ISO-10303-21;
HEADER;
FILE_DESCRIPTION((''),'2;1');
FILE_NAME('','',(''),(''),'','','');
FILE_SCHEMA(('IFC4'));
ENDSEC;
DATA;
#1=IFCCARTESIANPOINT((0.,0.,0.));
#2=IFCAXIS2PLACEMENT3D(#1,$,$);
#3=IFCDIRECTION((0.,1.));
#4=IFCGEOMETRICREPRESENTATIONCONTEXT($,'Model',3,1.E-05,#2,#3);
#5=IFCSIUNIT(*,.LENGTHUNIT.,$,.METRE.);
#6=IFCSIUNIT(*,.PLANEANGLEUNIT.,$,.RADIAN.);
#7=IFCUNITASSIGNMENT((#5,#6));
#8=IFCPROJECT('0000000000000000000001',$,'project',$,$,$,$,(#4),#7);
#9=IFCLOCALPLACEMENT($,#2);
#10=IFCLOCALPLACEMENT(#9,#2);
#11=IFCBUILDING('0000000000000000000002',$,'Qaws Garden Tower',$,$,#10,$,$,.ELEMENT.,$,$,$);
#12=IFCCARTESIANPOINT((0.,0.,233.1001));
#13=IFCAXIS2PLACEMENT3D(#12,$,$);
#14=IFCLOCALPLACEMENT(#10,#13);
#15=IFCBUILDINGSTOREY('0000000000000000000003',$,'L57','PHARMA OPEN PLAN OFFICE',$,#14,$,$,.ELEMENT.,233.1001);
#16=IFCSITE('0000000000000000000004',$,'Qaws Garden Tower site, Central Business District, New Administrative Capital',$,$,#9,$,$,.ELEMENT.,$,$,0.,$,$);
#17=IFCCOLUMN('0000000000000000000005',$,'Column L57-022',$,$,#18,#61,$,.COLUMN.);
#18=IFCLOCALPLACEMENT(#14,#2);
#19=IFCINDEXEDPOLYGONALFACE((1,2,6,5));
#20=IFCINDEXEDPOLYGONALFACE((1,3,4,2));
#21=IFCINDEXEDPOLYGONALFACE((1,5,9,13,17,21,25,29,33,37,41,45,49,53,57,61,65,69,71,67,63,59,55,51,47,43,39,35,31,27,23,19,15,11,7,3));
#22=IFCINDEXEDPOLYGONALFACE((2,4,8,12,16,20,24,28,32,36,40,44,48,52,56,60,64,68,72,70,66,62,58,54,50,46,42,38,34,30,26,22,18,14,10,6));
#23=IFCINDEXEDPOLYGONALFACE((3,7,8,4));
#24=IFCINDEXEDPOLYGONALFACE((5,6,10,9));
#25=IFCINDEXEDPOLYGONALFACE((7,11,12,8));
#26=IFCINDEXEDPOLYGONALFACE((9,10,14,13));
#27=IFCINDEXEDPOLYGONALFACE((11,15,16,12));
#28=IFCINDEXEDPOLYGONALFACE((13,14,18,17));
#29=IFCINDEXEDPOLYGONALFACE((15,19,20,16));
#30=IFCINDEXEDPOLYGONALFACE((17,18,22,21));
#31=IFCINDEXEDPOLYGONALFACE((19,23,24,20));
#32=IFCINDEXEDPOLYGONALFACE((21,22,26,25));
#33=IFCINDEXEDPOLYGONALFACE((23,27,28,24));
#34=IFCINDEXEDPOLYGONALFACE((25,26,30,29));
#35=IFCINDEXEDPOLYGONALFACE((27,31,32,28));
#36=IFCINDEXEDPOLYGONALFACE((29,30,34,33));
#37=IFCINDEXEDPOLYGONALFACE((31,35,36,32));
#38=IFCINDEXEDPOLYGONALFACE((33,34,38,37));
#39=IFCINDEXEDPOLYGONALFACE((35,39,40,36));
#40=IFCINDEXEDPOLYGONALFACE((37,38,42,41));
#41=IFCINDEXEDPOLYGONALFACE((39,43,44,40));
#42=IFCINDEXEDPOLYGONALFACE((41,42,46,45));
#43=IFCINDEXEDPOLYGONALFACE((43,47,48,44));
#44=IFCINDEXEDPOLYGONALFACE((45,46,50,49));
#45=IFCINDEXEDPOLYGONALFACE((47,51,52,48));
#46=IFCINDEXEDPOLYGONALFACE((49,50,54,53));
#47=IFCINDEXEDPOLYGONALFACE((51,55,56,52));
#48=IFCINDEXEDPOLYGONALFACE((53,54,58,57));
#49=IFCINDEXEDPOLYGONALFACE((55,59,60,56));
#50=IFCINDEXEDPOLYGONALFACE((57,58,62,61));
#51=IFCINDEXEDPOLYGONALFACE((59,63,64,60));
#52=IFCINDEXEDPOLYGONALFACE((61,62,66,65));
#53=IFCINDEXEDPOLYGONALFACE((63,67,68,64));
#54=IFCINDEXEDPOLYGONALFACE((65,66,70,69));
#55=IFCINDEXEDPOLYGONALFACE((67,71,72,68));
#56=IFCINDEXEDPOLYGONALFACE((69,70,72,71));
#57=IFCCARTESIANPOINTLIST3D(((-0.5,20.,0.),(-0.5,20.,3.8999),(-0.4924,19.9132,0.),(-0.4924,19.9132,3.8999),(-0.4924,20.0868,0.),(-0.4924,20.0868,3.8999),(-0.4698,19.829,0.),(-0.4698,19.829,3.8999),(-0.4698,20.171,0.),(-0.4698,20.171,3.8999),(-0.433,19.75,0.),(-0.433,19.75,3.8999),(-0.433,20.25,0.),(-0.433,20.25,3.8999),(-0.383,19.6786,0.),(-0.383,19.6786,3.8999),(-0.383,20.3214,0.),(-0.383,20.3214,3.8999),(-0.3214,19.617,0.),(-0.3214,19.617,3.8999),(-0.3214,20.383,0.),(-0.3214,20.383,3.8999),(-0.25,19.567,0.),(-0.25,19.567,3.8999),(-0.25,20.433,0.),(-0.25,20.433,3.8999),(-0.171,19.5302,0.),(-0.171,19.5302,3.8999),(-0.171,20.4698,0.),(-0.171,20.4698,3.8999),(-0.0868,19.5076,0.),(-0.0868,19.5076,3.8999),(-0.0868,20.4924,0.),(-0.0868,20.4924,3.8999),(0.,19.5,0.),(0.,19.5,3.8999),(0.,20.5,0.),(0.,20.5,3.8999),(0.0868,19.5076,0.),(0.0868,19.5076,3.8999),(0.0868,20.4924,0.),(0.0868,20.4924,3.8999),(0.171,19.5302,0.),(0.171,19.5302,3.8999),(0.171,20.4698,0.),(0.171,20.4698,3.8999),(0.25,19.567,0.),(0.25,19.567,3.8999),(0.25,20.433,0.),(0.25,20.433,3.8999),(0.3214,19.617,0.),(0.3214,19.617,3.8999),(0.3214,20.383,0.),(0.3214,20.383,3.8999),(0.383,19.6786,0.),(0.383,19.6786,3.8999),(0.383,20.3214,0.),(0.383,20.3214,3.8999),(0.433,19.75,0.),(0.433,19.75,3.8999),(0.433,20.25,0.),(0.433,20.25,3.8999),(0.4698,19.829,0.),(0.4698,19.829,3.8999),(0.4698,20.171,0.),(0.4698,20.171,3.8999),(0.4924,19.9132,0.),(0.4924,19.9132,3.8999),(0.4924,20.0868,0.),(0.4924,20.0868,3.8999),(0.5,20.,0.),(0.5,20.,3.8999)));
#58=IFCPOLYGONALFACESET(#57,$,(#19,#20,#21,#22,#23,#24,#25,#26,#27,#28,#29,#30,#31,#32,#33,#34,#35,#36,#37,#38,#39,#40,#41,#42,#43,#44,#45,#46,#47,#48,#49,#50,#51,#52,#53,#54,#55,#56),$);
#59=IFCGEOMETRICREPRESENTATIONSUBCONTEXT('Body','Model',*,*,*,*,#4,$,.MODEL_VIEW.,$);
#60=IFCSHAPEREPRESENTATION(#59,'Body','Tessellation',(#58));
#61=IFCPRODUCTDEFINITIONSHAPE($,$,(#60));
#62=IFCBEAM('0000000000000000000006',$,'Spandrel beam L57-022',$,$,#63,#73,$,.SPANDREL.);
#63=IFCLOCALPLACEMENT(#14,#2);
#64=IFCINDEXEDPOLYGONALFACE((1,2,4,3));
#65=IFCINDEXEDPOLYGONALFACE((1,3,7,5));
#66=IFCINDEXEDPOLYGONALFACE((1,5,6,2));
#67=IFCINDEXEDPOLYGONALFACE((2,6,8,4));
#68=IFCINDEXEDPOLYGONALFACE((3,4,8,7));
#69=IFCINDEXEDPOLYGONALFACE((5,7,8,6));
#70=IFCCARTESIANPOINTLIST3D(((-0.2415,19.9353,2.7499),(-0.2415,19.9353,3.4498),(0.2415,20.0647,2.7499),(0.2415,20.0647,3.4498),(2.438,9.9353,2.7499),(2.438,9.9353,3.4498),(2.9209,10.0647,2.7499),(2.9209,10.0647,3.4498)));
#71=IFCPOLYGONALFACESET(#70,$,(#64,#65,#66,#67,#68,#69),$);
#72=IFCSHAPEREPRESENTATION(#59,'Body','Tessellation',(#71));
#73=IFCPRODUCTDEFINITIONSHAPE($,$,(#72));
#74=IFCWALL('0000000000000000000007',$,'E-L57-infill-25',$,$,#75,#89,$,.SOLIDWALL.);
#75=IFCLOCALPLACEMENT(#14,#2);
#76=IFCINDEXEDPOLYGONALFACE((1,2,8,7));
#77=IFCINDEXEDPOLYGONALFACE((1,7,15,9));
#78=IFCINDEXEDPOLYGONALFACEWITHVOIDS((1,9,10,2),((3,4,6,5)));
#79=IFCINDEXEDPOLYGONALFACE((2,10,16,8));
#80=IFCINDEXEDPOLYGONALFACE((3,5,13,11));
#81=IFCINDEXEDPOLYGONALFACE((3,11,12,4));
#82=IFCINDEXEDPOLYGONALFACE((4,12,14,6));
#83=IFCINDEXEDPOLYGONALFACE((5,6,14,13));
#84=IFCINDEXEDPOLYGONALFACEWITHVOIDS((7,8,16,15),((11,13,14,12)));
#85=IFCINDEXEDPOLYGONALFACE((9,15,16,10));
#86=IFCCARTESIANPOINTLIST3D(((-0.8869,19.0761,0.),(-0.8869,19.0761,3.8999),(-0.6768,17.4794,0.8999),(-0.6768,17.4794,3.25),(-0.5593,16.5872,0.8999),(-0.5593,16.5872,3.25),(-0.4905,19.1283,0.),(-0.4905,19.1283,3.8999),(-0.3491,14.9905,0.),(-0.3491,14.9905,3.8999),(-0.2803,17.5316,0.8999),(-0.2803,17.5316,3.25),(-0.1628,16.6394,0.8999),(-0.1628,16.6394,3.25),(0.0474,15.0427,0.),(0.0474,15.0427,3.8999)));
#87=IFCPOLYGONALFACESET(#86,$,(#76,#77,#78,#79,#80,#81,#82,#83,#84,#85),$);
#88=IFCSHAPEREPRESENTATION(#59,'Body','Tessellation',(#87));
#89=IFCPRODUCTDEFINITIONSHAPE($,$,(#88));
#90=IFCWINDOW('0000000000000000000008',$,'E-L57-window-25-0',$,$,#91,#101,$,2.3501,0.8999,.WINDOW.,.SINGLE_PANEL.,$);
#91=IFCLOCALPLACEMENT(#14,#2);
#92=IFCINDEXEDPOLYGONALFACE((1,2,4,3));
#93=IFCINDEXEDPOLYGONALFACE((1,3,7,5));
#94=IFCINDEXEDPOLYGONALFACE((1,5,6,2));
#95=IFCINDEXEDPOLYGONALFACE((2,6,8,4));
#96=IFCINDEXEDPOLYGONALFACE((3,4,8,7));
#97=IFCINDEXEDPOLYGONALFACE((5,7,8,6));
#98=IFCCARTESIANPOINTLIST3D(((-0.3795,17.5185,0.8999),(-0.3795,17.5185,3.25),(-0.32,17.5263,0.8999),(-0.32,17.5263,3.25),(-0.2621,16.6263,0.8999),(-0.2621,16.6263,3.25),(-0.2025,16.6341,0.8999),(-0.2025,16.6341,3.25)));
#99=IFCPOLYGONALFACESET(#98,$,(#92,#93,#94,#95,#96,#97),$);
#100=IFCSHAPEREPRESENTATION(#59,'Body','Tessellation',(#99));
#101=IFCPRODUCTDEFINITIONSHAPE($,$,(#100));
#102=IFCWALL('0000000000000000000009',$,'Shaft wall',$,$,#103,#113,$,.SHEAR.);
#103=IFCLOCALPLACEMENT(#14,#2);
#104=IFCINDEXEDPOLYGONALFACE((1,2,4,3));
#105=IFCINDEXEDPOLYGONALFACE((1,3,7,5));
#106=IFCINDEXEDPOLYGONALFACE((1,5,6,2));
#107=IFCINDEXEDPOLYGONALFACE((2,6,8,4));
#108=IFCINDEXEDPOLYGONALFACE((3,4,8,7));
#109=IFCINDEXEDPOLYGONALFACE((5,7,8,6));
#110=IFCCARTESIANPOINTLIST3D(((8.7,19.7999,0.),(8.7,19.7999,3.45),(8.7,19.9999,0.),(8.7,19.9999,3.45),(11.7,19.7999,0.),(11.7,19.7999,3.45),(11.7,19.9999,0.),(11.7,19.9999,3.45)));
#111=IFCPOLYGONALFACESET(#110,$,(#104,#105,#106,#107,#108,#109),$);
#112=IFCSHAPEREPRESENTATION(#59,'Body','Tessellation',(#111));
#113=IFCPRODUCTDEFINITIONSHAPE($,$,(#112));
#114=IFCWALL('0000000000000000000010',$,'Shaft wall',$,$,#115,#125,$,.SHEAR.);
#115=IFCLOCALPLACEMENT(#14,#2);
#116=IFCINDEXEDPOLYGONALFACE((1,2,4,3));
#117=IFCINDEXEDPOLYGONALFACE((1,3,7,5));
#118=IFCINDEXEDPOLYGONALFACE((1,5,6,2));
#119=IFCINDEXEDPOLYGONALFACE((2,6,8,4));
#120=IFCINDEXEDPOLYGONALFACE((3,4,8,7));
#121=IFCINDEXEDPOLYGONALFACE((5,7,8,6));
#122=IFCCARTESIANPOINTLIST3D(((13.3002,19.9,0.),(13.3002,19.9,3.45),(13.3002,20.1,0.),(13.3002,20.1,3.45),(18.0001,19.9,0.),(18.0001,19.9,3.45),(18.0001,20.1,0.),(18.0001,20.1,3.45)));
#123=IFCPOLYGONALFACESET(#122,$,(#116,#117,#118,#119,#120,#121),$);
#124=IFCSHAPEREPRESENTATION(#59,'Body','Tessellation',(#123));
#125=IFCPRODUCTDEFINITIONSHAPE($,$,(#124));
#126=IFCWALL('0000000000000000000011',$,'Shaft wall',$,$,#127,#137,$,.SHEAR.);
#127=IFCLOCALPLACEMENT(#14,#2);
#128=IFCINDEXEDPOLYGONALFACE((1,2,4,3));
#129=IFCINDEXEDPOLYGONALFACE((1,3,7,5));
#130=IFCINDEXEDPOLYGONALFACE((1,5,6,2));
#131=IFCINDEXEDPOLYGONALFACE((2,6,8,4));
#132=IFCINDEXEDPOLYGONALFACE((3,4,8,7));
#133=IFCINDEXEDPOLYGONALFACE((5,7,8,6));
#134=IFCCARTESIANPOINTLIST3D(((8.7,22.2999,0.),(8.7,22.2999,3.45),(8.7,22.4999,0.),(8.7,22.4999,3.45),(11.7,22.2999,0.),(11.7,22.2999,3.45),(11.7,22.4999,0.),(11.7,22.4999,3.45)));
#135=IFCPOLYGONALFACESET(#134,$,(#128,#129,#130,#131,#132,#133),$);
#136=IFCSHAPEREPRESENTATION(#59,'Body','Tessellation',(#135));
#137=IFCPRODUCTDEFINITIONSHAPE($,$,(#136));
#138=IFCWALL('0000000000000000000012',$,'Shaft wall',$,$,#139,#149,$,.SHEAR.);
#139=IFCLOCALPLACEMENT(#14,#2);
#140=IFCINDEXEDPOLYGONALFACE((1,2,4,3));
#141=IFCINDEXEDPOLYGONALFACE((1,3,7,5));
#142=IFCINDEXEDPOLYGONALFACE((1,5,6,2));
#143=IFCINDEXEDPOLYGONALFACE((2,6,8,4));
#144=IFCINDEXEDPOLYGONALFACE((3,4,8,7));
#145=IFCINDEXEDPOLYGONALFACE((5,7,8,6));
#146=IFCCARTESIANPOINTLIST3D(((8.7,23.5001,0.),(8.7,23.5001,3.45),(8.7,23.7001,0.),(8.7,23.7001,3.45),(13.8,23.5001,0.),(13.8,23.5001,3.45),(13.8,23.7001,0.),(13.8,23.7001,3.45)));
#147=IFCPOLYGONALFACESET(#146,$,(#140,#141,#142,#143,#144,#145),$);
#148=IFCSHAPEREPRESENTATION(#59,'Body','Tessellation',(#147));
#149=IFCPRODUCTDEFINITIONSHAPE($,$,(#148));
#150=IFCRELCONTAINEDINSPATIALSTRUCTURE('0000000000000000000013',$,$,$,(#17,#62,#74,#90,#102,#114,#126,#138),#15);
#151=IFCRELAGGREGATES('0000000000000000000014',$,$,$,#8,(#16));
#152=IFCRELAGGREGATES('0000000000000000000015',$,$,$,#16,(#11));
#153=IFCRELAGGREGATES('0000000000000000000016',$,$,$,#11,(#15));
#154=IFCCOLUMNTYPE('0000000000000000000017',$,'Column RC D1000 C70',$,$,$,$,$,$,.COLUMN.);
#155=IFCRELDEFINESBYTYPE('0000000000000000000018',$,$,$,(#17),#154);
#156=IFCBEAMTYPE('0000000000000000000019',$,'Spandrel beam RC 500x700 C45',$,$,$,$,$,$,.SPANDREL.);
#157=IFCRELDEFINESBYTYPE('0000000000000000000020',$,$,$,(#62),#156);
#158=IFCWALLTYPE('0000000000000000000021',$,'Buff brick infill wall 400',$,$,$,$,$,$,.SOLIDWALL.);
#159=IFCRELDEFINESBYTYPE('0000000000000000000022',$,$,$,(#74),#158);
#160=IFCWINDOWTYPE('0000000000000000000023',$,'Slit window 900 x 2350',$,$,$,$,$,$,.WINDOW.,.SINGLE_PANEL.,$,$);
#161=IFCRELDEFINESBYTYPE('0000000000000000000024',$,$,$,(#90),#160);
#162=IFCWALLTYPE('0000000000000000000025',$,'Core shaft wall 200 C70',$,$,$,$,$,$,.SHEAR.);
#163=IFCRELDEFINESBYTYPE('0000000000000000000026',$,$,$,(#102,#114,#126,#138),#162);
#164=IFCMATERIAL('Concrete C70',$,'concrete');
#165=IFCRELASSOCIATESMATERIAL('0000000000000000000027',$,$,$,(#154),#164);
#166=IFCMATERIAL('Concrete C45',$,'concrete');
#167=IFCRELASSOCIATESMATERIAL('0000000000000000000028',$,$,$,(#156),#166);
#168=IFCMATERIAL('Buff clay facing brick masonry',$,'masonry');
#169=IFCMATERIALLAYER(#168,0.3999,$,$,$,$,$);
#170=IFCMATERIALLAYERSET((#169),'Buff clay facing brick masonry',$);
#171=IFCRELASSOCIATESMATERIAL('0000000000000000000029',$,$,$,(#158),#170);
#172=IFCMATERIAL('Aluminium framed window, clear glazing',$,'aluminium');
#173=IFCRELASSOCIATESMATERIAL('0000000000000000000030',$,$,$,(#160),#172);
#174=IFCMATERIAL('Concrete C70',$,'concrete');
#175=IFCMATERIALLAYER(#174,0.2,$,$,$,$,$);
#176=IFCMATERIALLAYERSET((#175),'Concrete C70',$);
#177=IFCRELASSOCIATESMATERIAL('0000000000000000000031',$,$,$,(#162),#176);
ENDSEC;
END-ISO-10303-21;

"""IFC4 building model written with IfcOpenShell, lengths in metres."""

from ifc_helpers import new_model, si_unit, direction, frame, frame_2d, origin, origin_2d, place, context, subcontext, project, spatial, rectangle, circle, extrude, material, layer, layer_set, material_profile, profile_set, type_object, element, fill, save


model = new_model("IFC4")

# Units and contexts
model_context = context("Model", 3, precision=1e-05, world=origin(), true_north=direction((0.0, 1.0)))
body_context = subcontext(model_context, "Body", "Model", "MODEL_VIEW")
ifc_project = project(units=[si_unit("LENGTHUNIT", "METRE"), si_unit("PLANEANGLEUNIT", "RADIAN")], contexts=[model_context])

# Site, building, storey
site_placement = place(None, origin())
site = spatial("IfcSite", under=ifc_project, at=site_placement, Name="Qaws Garden Tower site, Central Business District, New Administrative Capital", CompositionType="ELEMENT", RefElevation=0.0)
building_placement = place(site_placement, origin())
building = spatial("IfcBuilding", under=site, at=building_placement, Name="Qaws Garden Tower", CompositionType="ELEMENT")
storey_placement = place(building_placement, frame((0.0, 0.0, 233.1001)))
storey = spatial("IfcBuildingStorey", under=building, at=storey_placement, Name="L57", Description="PHARMA OPEN PLAN OFFICE", CompositionType="ELEMENT", Elevation=233.1001)

# Column
ifc_material_1 = material(Name="Concrete C70", Category="concrete")
ifc_material_profile_1 = material_profile(ifc_material_1, circle(Radius=0.5, at=origin_2d()), Name="RC D1000")
ifc_profile_set_1 = profile_set([ifc_material_profile_1], Name="Concrete C70")
column_type = type_object("IfcColumnType", Name="Column RC D1000 C70", PredefinedType="COLUMN", material=ifc_profile_set_1)
column_placement = place(storey_placement, frame((0.0, 20.0, 0.0), z_axis=(0.0, 0.0, 1.0), x_axis=(1.0, 0.0, 0.0)))
element("IfcColumn", 1, at=column_placement, inside=storey, type_object=column_type, Name="Column L57-022", PredefinedType="COLUMN", context=body_context, shape_type="SweptSolid", body=[
    extrude(circle(Radius=0.5, at=origin_2d()), origin(), (0.0, 0.0, 1.0), 3.8999),
])

# Beam
ifc_material_2 = material(Name="Concrete C45", Category="concrete")
ifc_material_profile_2 = material_profile(ifc_material_2, rectangle(XDim=0.5, YDim=0.7, at=origin_2d()), Name="RC 500x700")
ifc_profile_set_2 = profile_set([ifc_material_profile_2], Name="Concrete C45")
beam_type = type_object("IfcBeamType", Name="Spandrel beam RC 500x700 C45", PredefinedType="SPANDREL", material=ifc_profile_set_2)
beam_placement = place(storey_placement, frame((0.0, 20.0, 3.0999), z_axis=(0.258815, -0.965927, 0.0), x_axis=(0.965927, 0.258815, 0.0)))
element("IfcBeam", 2, at=beam_placement, inside=storey, type_object=beam_type, Name="Spandrel beam L57-022", PredefinedType="SPANDREL", context=body_context, shape_type="SweptSolid", body=[
    extrude(rectangle(XDim=0.5, YDim=0.7, at=origin_2d()), origin(), (0.0, 0.0, 1.0), 10.3528),
])

# Wall, opening, window
ifc_material_3 = material(Name="Buff clay facing brick masonry", Category="masonry")
ifc_layer_1 = layer(ifc_material_3, 0.3999)
ifc_layer_set_1 = layer_set([ifc_layer_1], Name="Buff clay facing brick masonry")
wall_type_1 = type_object("IfcWallType", Name="Buff brick infill wall 400", PredefinedType="SOLIDWALL", material=ifc_layer_set_1)
wall_1_placement = place(storey_placement, frame((-0.6887, 19.1023, 0.0), z_axis=(0.0, 0.0, 1.0), x_axis=(0.130514, -0.991446, 0.0)))
wall_1 = element("IfcWall", 3, at=wall_1_placement, inside=storey, type_object=wall_type_1, Name="E-L57-infill-25", PredefinedType="SOLIDWALL", context=body_context, shape_type="SweptSolid", body=[
    extrude(rectangle(XDim=4.1208, YDim=0.3999, at=frame_2d((2.0605, 0.0))), origin(), (0.0, 0.0, 1.0), 3.8999),
])
opening_1_placement = place(wall_1_placement, frame((1.6106, 0.0, 0.8999)))
opening_1 = element("IfcOpeningElement", 4, at=opening_1_placement, cuts=wall_1, PredefinedType="OPENING", context=body_context, shape_type="SweptSolid", body=[
    extrude(rectangle(XDim=0.8999, YDim=2.3501, at=frame_2d((0.45, 1.175))), frame((0.0, 0.21, 0.0), z_axis=(0.0, -1.0, 0.0), x_axis=(1.0, 0.0, 0.0)), (0.0, 0.0, 1.0), 0.4199),
])
ifc_material_4 = material(Name="Aluminium framed window, clear glazing", Category="aluminium")
window_type = type_object("IfcWindowType", Name="Slit window 900 x 2350", PartitioningType="SINGLE_PANEL", PredefinedType="WINDOW", material=ifc_material_4)
window_placement = place(opening_1_placement, origin())
window = element("IfcWindow", 5, at=window_placement, inside=storey, type_object=window_type, Name="E-L57-window-25-0", OverallHeight=2.3501, OverallWidth=0.8999, PartitioningType="SINGLE_PANEL", PredefinedType="WINDOW", context=body_context, shape_type="SweptSolid", body=[
    extrude(rectangle(XDim=0.8999, YDim=2.3501, at=frame_2d((0.45, 1.175))), frame((0.0, 0.1599, 0.0), z_axis=(0.0, -1.0, 0.0), x_axis=(1.0, 0.0, 0.0)), (0.0, 0.0, 1.0), 0.0601),
])
fill(opening_1, window)

# Walls
ifc_material_5 = material(Name="Concrete C70", Category="concrete")
ifc_layer_2 = layer(ifc_material_5, 0.2)
ifc_layer_set_2 = layer_set([ifc_layer_2], Name="Concrete C70")
wall_type_2 = type_object("IfcWallType", Name="Core shaft wall 200 C70", PredefinedType="SHEAR", material=ifc_layer_set_2)
wall_2_placement = place(storey_placement, frame((8.7, 19.8999, 0.0), z_axis=(0.0, 0.0, 1.0), x_axis=(1.0, 0.0, 0.0)))
element("IfcWall", 6, at=wall_2_placement, inside=storey, type_object=wall_type_2, Name="Shaft wall", PredefinedType="SHEAR", context=body_context, shape_type="SweptSolid", body=[
    extrude(rectangle(XDim=3.0, YDim=0.2, at=frame_2d((1.5, 0.0))), origin(), (0.0, 0.0, 1.0), 3.45),
])
wall_3_placement = place(storey_placement, frame((13.3, 20.0, 0.0), z_axis=(0.0, 0.0, 1.0), x_axis=(1.0, 0.0, 0.0)))
element("IfcWall", 7, at=wall_3_placement, inside=storey, type_object=wall_type_2, Name="Shaft wall", PredefinedType="SHEAR", context=body_context, shape_type="SweptSolid", body=[
    extrude(rectangle(XDim=4.7, YDim=0.2, at=frame_2d((2.3501, 0.0))), origin(), (0.0, 0.0, 1.0), 3.45),
])
wall_4_placement = place(storey_placement, frame((8.7, 22.3999, 0.0), z_axis=(0.0, 0.0, 1.0), x_axis=(1.0, 0.0, 0.0)))
element("IfcWall", 8, at=wall_4_placement, inside=storey, type_object=wall_type_2, Name="Shaft wall", PredefinedType="SHEAR", context=body_context, shape_type="SweptSolid", body=[
    extrude(rectangle(XDim=3.0, YDim=0.2, at=frame_2d((1.5, 0.0))), origin(), (0.0, 0.0, 1.0), 3.45),
])
wall_5_placement = place(storey_placement, frame((8.7, 23.6001, 0.0), z_axis=(0.0, 0.0, 1.0), x_axis=(1.0, 0.0, 0.0)))
element("IfcWall", 9, at=wall_5_placement, inside=storey, type_object=wall_type_2, Name="Shaft wall", PredefinedType="SHEAR", context=body_context, shape_type="SweptSolid", body=[
    extrude(rectangle(XDim=5.1001, YDim=0.2, at=frame_2d((2.55, 0.0))), origin(), (0.0, 0.0, 1.0), 3.45),
])

save(model, "model.ifc")
